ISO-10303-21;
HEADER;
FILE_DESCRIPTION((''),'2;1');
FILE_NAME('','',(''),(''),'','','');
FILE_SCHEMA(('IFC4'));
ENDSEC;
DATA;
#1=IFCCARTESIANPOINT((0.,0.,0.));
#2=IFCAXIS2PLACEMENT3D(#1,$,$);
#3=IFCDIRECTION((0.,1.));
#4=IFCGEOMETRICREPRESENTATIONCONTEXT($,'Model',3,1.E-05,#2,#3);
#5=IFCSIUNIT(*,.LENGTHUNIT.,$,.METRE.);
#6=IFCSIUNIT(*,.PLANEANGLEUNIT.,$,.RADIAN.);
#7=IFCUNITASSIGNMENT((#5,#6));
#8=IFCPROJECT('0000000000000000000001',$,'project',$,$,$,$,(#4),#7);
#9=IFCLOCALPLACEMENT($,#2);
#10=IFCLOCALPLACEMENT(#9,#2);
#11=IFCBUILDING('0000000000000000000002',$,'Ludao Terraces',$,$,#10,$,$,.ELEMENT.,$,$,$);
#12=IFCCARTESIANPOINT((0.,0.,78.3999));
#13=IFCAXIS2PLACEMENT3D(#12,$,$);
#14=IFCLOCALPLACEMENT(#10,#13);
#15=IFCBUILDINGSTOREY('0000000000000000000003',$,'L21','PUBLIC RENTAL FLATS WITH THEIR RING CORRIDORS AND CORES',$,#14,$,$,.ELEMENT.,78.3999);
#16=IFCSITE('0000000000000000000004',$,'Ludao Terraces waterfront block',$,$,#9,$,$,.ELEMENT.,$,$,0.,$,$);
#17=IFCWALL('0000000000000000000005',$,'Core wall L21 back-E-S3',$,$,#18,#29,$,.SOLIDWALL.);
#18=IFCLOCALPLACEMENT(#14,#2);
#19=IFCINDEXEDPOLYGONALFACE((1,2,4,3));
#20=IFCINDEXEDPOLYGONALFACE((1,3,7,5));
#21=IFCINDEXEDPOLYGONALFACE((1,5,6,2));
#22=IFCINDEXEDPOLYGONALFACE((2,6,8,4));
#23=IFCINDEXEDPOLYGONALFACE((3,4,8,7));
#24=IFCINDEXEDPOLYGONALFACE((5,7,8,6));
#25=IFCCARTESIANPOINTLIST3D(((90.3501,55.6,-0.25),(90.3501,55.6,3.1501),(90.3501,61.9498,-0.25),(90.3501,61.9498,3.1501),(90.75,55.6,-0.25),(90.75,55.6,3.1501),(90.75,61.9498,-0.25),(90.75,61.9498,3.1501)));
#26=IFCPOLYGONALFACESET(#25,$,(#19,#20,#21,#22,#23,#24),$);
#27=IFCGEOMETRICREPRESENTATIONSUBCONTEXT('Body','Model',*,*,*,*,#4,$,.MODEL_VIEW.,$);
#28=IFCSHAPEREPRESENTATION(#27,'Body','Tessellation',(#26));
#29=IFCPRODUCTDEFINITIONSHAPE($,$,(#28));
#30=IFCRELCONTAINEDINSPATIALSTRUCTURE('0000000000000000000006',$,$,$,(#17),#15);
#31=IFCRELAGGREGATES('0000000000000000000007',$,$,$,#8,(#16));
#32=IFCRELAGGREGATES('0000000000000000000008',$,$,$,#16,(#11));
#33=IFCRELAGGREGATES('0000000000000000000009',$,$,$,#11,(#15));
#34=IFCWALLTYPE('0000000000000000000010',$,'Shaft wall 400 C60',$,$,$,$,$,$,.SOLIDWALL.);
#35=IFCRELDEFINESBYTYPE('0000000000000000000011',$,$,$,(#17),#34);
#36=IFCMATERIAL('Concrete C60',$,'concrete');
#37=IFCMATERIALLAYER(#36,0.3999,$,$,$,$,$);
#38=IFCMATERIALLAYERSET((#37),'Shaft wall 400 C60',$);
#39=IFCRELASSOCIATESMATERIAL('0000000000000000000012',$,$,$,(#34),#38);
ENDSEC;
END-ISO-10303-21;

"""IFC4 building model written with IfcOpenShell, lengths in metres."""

from ifc_helpers import new_model, si_unit, direction, frame, frame_2d, origin, place, context, subcontext, project, spatial, rectangle, extrude, material, layer, layer_set, type_object, element, save


model = new_model("IFC4")

# Units and contexts
model_context = context("Model", 3, precision=1e-05, world=origin(), true_north=direction((0.0, 1.0)))
body_context = subcontext(model_context, "Body", "Model", "MODEL_VIEW")
ifc_project = project(units=[si_unit("LENGTHUNIT", "METRE"), si_unit("PLANEANGLEUNIT", "RADIAN")], contexts=[model_context])

# Site, building, storey
site_placement = place(None, origin())
site = spatial("IfcSite", under=ifc_project, at=site_placement, Name="Ludao Terraces waterfront block", CompositionType="ELEMENT", RefElevation=0.0)
building_placement = place(site_placement, origin())
building = spatial("IfcBuilding", under=site, at=building_placement, Name="Ludao Terraces", CompositionType="ELEMENT")
storey_placement = place(building_placement, frame((0.0, 0.0, 78.3999)))
storey = spatial("IfcBuildingStorey", under=building, at=storey_placement, Name="L21", Description="PUBLIC RENTAL FLATS WITH THEIR RING CORRIDORS AND CORES", CompositionType="ELEMENT", Elevation=78.3999)

# Wall
ifc_material_1 = material(Name="Concrete C60", Category="concrete")
ifc_layer_1 = layer(ifc_material_1, 0.3999)
ifc_layer_set_1 = layer_set([ifc_layer_1], Name="Shaft wall 400 C60")
wall_type_1 = type_object("IfcWallType", Name="Shaft wall 400 C60", PredefinedType="SOLIDWALL", material=ifc_layer_set_1)
wall_1_placement = place(storey_placement, frame((90.55, 55.6001, -0.25), z_axis=(0.0, 0.0, 1.0), x_axis=(0.0, 1.0, 0.0)))
element("IfcWall", 1, at=wall_1_placement, inside=storey, type_object=wall_type_1, Name="Core wall L21 back-E-S3", PredefinedType="SOLIDWALL", context=body_context, shape_type="SweptSolid", body=[
    extrude(rectangle(XDim=6.3499, YDim=0.3999, at=frame_2d((3.1748, 0.0))), origin(), (0.0, 0.0, 1.0), 3.4001),
])

save(model, "model.ifc")
